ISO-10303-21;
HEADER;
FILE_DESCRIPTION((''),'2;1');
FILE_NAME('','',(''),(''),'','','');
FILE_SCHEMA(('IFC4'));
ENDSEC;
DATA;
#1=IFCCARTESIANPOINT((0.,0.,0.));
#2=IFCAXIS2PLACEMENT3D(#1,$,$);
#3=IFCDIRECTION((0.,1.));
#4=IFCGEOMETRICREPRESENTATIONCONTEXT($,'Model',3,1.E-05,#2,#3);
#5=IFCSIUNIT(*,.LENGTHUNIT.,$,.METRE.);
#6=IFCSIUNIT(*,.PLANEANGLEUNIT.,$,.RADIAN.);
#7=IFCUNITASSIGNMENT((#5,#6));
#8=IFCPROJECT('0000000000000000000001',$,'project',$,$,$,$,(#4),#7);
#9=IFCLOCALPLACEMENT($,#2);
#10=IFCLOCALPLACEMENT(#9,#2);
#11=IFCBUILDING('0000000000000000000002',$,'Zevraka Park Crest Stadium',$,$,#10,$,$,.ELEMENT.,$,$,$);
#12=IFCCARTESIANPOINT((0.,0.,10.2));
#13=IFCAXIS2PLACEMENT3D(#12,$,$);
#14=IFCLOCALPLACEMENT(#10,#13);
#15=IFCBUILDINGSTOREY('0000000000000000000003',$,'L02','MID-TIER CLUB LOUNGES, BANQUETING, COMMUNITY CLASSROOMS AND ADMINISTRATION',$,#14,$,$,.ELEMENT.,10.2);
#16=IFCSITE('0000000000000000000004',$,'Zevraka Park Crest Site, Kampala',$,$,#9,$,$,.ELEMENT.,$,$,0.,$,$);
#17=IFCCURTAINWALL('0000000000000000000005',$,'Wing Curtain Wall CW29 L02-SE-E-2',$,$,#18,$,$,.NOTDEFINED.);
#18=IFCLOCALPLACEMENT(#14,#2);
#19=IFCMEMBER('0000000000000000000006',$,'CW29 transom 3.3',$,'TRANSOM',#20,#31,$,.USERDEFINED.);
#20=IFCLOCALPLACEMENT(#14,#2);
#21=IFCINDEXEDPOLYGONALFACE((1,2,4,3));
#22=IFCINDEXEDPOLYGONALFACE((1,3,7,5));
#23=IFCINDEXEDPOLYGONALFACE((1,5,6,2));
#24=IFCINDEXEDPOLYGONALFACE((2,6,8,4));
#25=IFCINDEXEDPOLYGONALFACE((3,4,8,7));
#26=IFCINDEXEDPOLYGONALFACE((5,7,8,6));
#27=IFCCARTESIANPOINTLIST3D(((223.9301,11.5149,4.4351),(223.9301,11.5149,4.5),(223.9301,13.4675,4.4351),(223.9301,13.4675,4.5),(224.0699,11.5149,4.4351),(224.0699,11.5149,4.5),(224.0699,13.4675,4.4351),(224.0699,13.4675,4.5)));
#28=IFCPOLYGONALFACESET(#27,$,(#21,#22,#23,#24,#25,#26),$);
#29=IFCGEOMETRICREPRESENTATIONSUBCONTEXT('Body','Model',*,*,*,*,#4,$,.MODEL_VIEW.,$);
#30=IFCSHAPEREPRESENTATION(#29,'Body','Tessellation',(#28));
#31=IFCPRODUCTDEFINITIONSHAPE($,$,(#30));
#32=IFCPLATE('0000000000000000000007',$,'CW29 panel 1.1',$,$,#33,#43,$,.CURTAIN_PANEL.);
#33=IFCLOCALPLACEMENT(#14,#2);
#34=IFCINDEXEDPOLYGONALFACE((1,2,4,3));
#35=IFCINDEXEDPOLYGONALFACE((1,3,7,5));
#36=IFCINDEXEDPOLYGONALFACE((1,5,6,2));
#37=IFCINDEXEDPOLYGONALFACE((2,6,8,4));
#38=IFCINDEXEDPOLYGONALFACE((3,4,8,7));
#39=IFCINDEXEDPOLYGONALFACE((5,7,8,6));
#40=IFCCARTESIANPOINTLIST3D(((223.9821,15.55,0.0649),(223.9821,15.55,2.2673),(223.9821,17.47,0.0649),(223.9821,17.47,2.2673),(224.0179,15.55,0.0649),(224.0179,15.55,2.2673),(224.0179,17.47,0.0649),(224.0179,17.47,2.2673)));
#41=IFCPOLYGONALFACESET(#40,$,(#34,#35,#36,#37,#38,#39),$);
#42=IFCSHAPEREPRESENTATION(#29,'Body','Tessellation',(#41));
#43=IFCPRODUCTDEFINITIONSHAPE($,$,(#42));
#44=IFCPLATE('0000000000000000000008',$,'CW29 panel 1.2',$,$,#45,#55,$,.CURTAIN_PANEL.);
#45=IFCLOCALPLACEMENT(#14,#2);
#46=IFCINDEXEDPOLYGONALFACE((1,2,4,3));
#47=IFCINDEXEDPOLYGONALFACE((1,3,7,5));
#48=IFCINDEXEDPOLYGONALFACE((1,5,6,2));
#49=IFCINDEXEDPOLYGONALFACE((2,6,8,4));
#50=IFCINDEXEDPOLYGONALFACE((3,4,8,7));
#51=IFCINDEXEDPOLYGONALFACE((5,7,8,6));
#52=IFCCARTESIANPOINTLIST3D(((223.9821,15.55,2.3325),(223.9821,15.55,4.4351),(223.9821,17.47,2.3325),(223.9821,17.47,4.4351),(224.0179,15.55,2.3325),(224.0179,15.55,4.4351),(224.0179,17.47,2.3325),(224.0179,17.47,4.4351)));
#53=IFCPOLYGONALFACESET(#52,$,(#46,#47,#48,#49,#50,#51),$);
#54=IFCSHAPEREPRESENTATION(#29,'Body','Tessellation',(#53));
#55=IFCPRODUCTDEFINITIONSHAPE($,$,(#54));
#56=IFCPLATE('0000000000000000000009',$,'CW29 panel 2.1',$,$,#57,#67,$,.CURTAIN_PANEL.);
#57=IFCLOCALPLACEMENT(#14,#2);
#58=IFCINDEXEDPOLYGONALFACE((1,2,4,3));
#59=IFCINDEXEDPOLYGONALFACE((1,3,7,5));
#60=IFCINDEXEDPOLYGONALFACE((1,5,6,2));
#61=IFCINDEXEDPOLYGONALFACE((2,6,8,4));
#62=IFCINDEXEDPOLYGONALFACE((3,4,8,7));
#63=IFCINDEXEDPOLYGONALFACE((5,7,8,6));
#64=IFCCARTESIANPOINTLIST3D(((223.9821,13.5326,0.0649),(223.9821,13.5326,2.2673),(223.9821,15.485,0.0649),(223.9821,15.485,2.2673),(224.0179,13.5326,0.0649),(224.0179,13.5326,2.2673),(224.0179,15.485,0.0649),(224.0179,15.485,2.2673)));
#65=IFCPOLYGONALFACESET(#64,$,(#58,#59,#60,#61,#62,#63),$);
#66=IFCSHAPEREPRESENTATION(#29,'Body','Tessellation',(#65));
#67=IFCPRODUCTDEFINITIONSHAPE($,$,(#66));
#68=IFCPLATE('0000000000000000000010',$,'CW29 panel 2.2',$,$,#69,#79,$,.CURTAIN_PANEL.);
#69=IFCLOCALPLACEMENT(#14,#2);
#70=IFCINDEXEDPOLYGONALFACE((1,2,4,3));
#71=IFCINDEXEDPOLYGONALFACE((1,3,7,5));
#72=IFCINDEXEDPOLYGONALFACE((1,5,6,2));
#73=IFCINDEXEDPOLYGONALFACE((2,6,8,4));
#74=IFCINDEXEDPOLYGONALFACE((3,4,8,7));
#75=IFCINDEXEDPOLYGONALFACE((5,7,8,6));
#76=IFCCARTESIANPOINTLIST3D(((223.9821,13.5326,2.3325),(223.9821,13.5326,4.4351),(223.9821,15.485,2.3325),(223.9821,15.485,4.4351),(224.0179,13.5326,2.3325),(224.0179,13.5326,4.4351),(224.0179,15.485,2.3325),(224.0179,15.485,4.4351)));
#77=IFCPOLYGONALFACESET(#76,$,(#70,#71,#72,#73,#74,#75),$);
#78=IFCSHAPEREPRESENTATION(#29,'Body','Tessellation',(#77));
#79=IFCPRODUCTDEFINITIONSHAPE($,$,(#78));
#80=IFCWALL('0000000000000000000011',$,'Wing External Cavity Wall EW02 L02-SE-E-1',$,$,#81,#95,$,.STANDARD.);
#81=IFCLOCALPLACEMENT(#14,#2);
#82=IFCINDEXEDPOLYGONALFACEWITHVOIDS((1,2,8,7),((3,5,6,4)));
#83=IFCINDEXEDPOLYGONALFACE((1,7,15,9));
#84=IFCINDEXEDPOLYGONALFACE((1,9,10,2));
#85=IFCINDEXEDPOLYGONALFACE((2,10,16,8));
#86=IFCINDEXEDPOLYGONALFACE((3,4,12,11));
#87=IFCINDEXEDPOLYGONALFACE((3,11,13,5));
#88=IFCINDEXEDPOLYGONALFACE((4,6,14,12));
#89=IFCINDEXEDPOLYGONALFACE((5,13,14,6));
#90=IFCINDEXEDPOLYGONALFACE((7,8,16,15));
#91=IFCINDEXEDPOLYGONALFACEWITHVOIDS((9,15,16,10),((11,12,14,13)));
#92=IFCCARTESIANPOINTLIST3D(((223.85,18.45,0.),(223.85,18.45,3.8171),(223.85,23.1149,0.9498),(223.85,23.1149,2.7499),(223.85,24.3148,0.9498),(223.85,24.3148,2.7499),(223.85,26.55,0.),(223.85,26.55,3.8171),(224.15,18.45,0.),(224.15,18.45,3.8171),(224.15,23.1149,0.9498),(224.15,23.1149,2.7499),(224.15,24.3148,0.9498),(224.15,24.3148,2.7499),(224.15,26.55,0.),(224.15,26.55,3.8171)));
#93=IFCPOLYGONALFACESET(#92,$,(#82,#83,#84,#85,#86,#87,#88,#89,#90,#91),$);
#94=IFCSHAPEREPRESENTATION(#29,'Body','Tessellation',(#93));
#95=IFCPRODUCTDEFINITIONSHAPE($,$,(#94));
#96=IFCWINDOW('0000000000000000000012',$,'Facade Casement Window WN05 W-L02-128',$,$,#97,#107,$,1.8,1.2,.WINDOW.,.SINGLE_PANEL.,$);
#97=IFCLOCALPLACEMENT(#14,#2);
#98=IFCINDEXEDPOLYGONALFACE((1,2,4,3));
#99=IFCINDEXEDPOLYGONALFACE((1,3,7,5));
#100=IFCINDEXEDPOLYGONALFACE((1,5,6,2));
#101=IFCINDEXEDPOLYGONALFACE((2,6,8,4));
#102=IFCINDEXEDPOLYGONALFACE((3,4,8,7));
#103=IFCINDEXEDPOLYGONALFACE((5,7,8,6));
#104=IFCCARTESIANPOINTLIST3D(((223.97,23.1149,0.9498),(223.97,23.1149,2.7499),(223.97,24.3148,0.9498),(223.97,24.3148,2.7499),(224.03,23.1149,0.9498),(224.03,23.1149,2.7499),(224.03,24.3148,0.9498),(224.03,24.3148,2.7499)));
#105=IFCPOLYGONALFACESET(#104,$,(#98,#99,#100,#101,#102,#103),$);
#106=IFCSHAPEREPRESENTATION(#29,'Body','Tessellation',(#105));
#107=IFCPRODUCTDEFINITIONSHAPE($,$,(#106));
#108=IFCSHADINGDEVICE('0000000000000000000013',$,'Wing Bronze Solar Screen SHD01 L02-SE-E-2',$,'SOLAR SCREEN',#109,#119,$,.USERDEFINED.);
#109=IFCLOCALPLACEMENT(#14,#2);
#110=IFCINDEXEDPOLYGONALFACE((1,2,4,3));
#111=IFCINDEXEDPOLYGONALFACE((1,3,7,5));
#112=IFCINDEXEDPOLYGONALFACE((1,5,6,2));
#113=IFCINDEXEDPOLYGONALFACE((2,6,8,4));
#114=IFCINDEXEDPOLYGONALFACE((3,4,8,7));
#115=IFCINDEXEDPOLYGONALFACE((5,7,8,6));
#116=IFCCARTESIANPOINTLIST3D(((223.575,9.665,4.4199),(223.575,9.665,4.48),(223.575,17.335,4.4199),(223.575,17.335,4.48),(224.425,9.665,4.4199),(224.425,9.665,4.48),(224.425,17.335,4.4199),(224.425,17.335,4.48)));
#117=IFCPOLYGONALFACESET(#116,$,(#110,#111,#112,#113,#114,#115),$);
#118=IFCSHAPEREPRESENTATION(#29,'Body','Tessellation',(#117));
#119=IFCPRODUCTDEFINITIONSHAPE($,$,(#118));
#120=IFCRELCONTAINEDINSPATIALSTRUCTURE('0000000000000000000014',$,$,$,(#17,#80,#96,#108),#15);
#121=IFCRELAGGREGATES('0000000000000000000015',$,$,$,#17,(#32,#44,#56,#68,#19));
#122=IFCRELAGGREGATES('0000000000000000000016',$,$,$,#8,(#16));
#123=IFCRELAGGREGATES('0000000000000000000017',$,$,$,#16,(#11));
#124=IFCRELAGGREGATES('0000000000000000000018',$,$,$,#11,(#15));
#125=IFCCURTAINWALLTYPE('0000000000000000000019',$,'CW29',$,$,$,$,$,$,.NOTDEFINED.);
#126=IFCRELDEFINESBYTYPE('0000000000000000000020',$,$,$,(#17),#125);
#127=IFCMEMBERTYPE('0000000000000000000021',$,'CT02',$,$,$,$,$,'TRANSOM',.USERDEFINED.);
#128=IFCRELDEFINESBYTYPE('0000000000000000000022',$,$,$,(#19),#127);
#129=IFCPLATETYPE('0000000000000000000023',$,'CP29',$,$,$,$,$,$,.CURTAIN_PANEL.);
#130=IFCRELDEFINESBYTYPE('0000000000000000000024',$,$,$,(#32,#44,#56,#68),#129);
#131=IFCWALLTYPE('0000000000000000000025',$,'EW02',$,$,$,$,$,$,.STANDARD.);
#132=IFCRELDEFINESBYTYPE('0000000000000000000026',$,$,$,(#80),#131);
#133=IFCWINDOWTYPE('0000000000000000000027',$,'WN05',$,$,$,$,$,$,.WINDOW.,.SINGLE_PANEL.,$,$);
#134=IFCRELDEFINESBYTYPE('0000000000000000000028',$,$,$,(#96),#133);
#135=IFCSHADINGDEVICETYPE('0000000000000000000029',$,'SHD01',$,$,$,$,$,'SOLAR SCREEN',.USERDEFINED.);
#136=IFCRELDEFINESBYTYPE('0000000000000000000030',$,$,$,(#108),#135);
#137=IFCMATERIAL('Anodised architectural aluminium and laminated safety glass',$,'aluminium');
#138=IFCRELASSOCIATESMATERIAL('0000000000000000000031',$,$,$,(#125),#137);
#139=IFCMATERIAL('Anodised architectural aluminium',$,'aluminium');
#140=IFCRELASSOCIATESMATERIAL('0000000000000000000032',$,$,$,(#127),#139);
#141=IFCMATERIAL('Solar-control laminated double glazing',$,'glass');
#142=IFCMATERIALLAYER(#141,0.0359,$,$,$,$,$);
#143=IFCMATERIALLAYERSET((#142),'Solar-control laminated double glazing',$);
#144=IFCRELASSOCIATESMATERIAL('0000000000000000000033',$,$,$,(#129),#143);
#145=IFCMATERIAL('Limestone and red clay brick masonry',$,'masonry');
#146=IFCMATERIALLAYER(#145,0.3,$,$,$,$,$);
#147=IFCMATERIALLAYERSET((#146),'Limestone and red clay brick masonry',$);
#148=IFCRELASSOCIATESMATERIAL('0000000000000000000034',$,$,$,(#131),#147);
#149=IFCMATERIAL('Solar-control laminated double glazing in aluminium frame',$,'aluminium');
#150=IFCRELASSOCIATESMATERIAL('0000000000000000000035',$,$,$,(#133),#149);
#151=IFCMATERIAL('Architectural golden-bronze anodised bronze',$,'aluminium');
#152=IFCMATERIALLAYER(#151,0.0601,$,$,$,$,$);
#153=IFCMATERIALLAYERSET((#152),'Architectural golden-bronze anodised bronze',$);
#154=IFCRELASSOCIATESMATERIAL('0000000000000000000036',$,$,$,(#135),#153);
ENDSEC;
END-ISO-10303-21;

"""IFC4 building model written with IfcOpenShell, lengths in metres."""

from ifc_helpers import new_model, si_unit, direction, frame, frame_2d, origin, origin_2d, place, context, subcontext, project, spatial, rectangle, extrude, material, layer, layer_set, material_profile, profile_set, type_object, element, fill, aggregate, save


model = new_model("IFC4")

# Units and contexts
model_context = context("Model", 3, precision=1e-05, world=origin(), true_north=direction((0.0, 1.0)))
body_context = subcontext(model_context, "Body", "Model", "MODEL_VIEW")
ifc_project = project(units=[si_unit("LENGTHUNIT", "METRE"), si_unit("PLANEANGLEUNIT", "RADIAN")], contexts=[model_context])

# Site, building, storey
site_placement = place(None, origin())
site = spatial("IfcSite", under=ifc_project, at=site_placement, Name="Zevraka Park Crest Site, Kampala", CompositionType="ELEMENT", RefElevation=0.0)
building_placement = place(site_placement, origin())
building = spatial("IfcBuilding", under=site, at=building_placement, Name="Zevraka Park Crest Stadium", CompositionType="ELEMENT")
storey_placement = place(building_placement, frame((0.0, 0.0, 10.2)))
storey = spatial("IfcBuildingStorey", under=building, at=storey_placement, Name="L02", Description="MID-TIER CLUB LOUNGES, BANQUETING, COMMUNITY CLASSROOMS AND ADMINISTRATION", CompositionType="ELEMENT", Elevation=10.2)

# Curtain wall, member, plates
ifc_material_1 = material(Name="Anodised architectural aluminium and laminated safety glass", Category="aluminium")
curtain_wall_type = type_object("IfcCurtainWallType", Name="CW29", PredefinedType="NOTDEFINED", material=ifc_material_1)
curtain_wall_placement = place(storey_placement, origin())
curtain_wall = element("IfcCurtainWall", 1, at=curtain_wall_placement, inside=storey, type_object=curtain_wall_type, Name="Wing Curtain Wall CW29 L02-SE-E-2", PredefinedType="NOTDEFINED")
ifc_material_2 = material(Name="Anodised architectural aluminium", Category="aluminium")
ifc_material_profile_1 = material_profile(ifc_material_2, rectangle(XDim=0.1399, YDim=0.0649, at=origin_2d()), Name="ALU TRANSOM 140x65")
ifc_profile_set_1 = profile_set([ifc_material_profile_1], Name="Anodised architectural aluminium")
member_type_1 = type_object("IfcMemberType", Name="CT02", ElementType="TRANSOM", PredefinedType="USERDEFINED", material=ifc_profile_set_1)
member_1_placement = place(storey_placement, frame((224.0, 13.4675, 4.4675), z_axis=(0.0, -1.0, 0.0), x_axis=(1.0, 0.0, 0.0)))
member_1 = element("IfcMember", 2, at=member_1_placement, type_object=member_type_1, Name="CW29 transom 3.3", ObjectType="TRANSOM", PredefinedType="USERDEFINED", context=body_context, shape_type="SweptSolid", body=[
    extrude(rectangle(XDim=0.1399, YDim=0.0649, at=origin_2d()), origin(), (0.0, 0.0, 1.0), 1.9526),
])
ifc_material_3 = material(Name="Solar-control laminated double glazing", Category="glass")
ifc_layer_1 = layer(ifc_material_3, 0.0359)
ifc_layer_set_1 = layer_set([ifc_layer_1], Name="Solar-control laminated double glazing")
plate_type = type_object("IfcPlateType", Name="CP29", PredefinedType="CURTAIN_PANEL", material=ifc_layer_set_1)
plate_1_placement = place(storey_placement, frame((224.0, 16.51, 0.0649), z_axis=(0.0, 0.0, 1.0), x_axis=(0.0, -1.0, 0.0)))
plate_1 = element("IfcPlate", 3, at=plate_1_placement, type_object=plate_type, Name="CW29 panel 1.1", PredefinedType="CURTAIN_PANEL", context=body_context, shape_type="SweptSolid", body=[
    extrude(rectangle(XDim=1.9199, YDim=0.0359, at=origin_2d()), origin(), (0.0, 0.0, 1.0), 2.2024),
])
plate_2_placement = place(storey_placement, frame((224.0, 16.51, 2.3325), z_axis=(0.0, 0.0, 1.0), x_axis=(0.0, -1.0, 0.0)))
plate_2 = element("IfcPlate", 4, at=plate_2_placement, type_object=plate_type, Name="CW29 panel 1.2", PredefinedType="CURTAIN_PANEL", context=body_context, shape_type="SweptSolid", body=[
    extrude(rectangle(XDim=1.9199, YDim=0.0359, at=origin_2d()), origin(), (0.0, 0.0, 1.0), 2.1025),
])
plate_3_placement = place(storey_placement, frame((224.0, 14.5088, 0.0649), z_axis=(0.0, 0.0, 1.0), x_axis=(0.0, -1.0, 0.0)))
plate_3 = element("IfcPlate", 5, at=plate_3_placement, type_object=plate_type, Name="CW29 panel 2.1", PredefinedType="CURTAIN_PANEL", context=body_context, shape_type="SweptSolid", body=[
    extrude(rectangle(XDim=1.9524, YDim=0.0359, at=origin_2d()), origin(), (0.0, 0.0, 1.0), 2.2024),
])
plate_4_placement = place(storey_placement, frame((224.0, 14.5088, 2.3325), z_axis=(0.0, 0.0, 1.0), x_axis=(0.0, -1.0, 0.0)))
plate_4 = element("IfcPlate", 6, at=plate_4_placement, type_object=plate_type, Name="CW29 panel 2.2", PredefinedType="CURTAIN_PANEL", context=body_context, shape_type="SweptSolid", body=[
    extrude(rectangle(XDim=1.9524, YDim=0.0359, at=origin_2d()), origin(), (0.0, 0.0, 1.0), 2.1025),
])
aggregate(curtain_wall, [plate_1, plate_2, plate_3, plate_4, member_1])

# Wall, opening, window
ifc_material_4 = material(Name="Limestone and red clay brick masonry", Category="masonry")
ifc_layer_2 = layer(ifc_material_4, 0.3)
ifc_layer_set_2 = layer_set([ifc_layer_2], Name="Limestone and red clay brick masonry")
wall_type = type_object("IfcWallType", Name="EW02", PredefinedType="STANDARD", material=ifc_layer_set_2)
wall_placement = place(storey_placement, frame((224.0, 26.55, 0.0), z_axis=(0.0, 0.0, 1.0), x_axis=(0.0, -1.0, 0.0)))
wall = element("IfcWall", 7, at=wall_placement, inside=storey, type_object=wall_type, Name="Wing External Cavity Wall EW02 L02-SE-E-1", PredefinedType="STANDARD", context=body_context, shape_type="SweptSolid", body=[
    extrude(rectangle(XDim=8.1001, YDim=0.3, at=frame_2d((4.05, 0.0))), origin(), (0.0, 0.0, 1.0), 3.8171),
])
opening_placement = place(wall_placement, frame((2.2351, 0.0, 0.95)))
opening = element("IfcOpeningElement", 8, at=opening_placement, cuts=wall, PredefinedType="OPENING", context=body_context, shape_type="SweptSolid", body=[
    extrude(rectangle(XDim=1.2, YDim=1.8, at=frame_2d((0.6001, 0.8999))), frame((0.0, 0.1599, 0.0), z_axis=(0.0, -1.0, 0.0), x_axis=(1.0, 0.0, 0.0)), (0.0, 0.0, 1.0), 0.3201),
])
ifc_material_5 = material(Name="Solar-control laminated double glazing in aluminium frame", Category="aluminium")
window_type = type_object("IfcWindowType", Name="WN05", PartitioningType="SINGLE_PANEL", PredefinedType="WINDOW", material=ifc_material_5)
window_placement = place(opening_placement, origin())
window = element("IfcWindow", 9, at=window_placement, inside=storey, type_object=window_type, Name="Facade Casement Window WN05 W-L02-128", OverallHeight=1.8, OverallWidth=1.2, PartitioningType="SINGLE_PANEL", PredefinedType="WINDOW", context=body_context, shape_type="SweptSolid", body=[
    extrude(rectangle(XDim=1.2, YDim=1.8, at=frame_2d((0.6001, 0.8999))), frame((0.0, 0.03, 0.0), z_axis=(0.0, -1.0, 0.0), x_axis=(1.0, 0.0, 0.0)), (0.0, 0.0, 1.0), 0.0601),
])
fill(opening, window)

# Shading device
ifc_material_6 = material(Name="Architectural golden-bronze anodised bronze", Category="aluminium")
ifc_layer_3 = layer(ifc_material_6, 0.0601)
ifc_layer_set_3 = layer_set([ifc_layer_3], Name="Architectural golden-bronze anodised bronze")
shading_device_type = type_object("IfcShadingDeviceType", Name="SHD01", ElementType="SOLAR SCREEN", PredefinedType="USERDEFINED", material=ifc_layer_set_3)
shading_device_placement = place(storey_placement, frame((224.0, 13.5, 4.4199), z_axis=(0.0, 0.0, 1.0), x_axis=(0.0, -1.0, 0.0)))
element("IfcShadingDevice", 10, at=shading_device_placement, inside=storey, type_object=shading_device_type, Name="Wing Bronze Solar Screen SHD01 L02-SE-E-2", ObjectType="SOLAR SCREEN", PredefinedType="USERDEFINED", context=body_context, shape_type="SweptSolid", body=[
    extrude(rectangle(XDim=7.6699, YDim=0.8501, at=origin_2d()), origin(), (0.0, 0.0, 1.0), 0.0601),
])

save(model, "model.ifc")
